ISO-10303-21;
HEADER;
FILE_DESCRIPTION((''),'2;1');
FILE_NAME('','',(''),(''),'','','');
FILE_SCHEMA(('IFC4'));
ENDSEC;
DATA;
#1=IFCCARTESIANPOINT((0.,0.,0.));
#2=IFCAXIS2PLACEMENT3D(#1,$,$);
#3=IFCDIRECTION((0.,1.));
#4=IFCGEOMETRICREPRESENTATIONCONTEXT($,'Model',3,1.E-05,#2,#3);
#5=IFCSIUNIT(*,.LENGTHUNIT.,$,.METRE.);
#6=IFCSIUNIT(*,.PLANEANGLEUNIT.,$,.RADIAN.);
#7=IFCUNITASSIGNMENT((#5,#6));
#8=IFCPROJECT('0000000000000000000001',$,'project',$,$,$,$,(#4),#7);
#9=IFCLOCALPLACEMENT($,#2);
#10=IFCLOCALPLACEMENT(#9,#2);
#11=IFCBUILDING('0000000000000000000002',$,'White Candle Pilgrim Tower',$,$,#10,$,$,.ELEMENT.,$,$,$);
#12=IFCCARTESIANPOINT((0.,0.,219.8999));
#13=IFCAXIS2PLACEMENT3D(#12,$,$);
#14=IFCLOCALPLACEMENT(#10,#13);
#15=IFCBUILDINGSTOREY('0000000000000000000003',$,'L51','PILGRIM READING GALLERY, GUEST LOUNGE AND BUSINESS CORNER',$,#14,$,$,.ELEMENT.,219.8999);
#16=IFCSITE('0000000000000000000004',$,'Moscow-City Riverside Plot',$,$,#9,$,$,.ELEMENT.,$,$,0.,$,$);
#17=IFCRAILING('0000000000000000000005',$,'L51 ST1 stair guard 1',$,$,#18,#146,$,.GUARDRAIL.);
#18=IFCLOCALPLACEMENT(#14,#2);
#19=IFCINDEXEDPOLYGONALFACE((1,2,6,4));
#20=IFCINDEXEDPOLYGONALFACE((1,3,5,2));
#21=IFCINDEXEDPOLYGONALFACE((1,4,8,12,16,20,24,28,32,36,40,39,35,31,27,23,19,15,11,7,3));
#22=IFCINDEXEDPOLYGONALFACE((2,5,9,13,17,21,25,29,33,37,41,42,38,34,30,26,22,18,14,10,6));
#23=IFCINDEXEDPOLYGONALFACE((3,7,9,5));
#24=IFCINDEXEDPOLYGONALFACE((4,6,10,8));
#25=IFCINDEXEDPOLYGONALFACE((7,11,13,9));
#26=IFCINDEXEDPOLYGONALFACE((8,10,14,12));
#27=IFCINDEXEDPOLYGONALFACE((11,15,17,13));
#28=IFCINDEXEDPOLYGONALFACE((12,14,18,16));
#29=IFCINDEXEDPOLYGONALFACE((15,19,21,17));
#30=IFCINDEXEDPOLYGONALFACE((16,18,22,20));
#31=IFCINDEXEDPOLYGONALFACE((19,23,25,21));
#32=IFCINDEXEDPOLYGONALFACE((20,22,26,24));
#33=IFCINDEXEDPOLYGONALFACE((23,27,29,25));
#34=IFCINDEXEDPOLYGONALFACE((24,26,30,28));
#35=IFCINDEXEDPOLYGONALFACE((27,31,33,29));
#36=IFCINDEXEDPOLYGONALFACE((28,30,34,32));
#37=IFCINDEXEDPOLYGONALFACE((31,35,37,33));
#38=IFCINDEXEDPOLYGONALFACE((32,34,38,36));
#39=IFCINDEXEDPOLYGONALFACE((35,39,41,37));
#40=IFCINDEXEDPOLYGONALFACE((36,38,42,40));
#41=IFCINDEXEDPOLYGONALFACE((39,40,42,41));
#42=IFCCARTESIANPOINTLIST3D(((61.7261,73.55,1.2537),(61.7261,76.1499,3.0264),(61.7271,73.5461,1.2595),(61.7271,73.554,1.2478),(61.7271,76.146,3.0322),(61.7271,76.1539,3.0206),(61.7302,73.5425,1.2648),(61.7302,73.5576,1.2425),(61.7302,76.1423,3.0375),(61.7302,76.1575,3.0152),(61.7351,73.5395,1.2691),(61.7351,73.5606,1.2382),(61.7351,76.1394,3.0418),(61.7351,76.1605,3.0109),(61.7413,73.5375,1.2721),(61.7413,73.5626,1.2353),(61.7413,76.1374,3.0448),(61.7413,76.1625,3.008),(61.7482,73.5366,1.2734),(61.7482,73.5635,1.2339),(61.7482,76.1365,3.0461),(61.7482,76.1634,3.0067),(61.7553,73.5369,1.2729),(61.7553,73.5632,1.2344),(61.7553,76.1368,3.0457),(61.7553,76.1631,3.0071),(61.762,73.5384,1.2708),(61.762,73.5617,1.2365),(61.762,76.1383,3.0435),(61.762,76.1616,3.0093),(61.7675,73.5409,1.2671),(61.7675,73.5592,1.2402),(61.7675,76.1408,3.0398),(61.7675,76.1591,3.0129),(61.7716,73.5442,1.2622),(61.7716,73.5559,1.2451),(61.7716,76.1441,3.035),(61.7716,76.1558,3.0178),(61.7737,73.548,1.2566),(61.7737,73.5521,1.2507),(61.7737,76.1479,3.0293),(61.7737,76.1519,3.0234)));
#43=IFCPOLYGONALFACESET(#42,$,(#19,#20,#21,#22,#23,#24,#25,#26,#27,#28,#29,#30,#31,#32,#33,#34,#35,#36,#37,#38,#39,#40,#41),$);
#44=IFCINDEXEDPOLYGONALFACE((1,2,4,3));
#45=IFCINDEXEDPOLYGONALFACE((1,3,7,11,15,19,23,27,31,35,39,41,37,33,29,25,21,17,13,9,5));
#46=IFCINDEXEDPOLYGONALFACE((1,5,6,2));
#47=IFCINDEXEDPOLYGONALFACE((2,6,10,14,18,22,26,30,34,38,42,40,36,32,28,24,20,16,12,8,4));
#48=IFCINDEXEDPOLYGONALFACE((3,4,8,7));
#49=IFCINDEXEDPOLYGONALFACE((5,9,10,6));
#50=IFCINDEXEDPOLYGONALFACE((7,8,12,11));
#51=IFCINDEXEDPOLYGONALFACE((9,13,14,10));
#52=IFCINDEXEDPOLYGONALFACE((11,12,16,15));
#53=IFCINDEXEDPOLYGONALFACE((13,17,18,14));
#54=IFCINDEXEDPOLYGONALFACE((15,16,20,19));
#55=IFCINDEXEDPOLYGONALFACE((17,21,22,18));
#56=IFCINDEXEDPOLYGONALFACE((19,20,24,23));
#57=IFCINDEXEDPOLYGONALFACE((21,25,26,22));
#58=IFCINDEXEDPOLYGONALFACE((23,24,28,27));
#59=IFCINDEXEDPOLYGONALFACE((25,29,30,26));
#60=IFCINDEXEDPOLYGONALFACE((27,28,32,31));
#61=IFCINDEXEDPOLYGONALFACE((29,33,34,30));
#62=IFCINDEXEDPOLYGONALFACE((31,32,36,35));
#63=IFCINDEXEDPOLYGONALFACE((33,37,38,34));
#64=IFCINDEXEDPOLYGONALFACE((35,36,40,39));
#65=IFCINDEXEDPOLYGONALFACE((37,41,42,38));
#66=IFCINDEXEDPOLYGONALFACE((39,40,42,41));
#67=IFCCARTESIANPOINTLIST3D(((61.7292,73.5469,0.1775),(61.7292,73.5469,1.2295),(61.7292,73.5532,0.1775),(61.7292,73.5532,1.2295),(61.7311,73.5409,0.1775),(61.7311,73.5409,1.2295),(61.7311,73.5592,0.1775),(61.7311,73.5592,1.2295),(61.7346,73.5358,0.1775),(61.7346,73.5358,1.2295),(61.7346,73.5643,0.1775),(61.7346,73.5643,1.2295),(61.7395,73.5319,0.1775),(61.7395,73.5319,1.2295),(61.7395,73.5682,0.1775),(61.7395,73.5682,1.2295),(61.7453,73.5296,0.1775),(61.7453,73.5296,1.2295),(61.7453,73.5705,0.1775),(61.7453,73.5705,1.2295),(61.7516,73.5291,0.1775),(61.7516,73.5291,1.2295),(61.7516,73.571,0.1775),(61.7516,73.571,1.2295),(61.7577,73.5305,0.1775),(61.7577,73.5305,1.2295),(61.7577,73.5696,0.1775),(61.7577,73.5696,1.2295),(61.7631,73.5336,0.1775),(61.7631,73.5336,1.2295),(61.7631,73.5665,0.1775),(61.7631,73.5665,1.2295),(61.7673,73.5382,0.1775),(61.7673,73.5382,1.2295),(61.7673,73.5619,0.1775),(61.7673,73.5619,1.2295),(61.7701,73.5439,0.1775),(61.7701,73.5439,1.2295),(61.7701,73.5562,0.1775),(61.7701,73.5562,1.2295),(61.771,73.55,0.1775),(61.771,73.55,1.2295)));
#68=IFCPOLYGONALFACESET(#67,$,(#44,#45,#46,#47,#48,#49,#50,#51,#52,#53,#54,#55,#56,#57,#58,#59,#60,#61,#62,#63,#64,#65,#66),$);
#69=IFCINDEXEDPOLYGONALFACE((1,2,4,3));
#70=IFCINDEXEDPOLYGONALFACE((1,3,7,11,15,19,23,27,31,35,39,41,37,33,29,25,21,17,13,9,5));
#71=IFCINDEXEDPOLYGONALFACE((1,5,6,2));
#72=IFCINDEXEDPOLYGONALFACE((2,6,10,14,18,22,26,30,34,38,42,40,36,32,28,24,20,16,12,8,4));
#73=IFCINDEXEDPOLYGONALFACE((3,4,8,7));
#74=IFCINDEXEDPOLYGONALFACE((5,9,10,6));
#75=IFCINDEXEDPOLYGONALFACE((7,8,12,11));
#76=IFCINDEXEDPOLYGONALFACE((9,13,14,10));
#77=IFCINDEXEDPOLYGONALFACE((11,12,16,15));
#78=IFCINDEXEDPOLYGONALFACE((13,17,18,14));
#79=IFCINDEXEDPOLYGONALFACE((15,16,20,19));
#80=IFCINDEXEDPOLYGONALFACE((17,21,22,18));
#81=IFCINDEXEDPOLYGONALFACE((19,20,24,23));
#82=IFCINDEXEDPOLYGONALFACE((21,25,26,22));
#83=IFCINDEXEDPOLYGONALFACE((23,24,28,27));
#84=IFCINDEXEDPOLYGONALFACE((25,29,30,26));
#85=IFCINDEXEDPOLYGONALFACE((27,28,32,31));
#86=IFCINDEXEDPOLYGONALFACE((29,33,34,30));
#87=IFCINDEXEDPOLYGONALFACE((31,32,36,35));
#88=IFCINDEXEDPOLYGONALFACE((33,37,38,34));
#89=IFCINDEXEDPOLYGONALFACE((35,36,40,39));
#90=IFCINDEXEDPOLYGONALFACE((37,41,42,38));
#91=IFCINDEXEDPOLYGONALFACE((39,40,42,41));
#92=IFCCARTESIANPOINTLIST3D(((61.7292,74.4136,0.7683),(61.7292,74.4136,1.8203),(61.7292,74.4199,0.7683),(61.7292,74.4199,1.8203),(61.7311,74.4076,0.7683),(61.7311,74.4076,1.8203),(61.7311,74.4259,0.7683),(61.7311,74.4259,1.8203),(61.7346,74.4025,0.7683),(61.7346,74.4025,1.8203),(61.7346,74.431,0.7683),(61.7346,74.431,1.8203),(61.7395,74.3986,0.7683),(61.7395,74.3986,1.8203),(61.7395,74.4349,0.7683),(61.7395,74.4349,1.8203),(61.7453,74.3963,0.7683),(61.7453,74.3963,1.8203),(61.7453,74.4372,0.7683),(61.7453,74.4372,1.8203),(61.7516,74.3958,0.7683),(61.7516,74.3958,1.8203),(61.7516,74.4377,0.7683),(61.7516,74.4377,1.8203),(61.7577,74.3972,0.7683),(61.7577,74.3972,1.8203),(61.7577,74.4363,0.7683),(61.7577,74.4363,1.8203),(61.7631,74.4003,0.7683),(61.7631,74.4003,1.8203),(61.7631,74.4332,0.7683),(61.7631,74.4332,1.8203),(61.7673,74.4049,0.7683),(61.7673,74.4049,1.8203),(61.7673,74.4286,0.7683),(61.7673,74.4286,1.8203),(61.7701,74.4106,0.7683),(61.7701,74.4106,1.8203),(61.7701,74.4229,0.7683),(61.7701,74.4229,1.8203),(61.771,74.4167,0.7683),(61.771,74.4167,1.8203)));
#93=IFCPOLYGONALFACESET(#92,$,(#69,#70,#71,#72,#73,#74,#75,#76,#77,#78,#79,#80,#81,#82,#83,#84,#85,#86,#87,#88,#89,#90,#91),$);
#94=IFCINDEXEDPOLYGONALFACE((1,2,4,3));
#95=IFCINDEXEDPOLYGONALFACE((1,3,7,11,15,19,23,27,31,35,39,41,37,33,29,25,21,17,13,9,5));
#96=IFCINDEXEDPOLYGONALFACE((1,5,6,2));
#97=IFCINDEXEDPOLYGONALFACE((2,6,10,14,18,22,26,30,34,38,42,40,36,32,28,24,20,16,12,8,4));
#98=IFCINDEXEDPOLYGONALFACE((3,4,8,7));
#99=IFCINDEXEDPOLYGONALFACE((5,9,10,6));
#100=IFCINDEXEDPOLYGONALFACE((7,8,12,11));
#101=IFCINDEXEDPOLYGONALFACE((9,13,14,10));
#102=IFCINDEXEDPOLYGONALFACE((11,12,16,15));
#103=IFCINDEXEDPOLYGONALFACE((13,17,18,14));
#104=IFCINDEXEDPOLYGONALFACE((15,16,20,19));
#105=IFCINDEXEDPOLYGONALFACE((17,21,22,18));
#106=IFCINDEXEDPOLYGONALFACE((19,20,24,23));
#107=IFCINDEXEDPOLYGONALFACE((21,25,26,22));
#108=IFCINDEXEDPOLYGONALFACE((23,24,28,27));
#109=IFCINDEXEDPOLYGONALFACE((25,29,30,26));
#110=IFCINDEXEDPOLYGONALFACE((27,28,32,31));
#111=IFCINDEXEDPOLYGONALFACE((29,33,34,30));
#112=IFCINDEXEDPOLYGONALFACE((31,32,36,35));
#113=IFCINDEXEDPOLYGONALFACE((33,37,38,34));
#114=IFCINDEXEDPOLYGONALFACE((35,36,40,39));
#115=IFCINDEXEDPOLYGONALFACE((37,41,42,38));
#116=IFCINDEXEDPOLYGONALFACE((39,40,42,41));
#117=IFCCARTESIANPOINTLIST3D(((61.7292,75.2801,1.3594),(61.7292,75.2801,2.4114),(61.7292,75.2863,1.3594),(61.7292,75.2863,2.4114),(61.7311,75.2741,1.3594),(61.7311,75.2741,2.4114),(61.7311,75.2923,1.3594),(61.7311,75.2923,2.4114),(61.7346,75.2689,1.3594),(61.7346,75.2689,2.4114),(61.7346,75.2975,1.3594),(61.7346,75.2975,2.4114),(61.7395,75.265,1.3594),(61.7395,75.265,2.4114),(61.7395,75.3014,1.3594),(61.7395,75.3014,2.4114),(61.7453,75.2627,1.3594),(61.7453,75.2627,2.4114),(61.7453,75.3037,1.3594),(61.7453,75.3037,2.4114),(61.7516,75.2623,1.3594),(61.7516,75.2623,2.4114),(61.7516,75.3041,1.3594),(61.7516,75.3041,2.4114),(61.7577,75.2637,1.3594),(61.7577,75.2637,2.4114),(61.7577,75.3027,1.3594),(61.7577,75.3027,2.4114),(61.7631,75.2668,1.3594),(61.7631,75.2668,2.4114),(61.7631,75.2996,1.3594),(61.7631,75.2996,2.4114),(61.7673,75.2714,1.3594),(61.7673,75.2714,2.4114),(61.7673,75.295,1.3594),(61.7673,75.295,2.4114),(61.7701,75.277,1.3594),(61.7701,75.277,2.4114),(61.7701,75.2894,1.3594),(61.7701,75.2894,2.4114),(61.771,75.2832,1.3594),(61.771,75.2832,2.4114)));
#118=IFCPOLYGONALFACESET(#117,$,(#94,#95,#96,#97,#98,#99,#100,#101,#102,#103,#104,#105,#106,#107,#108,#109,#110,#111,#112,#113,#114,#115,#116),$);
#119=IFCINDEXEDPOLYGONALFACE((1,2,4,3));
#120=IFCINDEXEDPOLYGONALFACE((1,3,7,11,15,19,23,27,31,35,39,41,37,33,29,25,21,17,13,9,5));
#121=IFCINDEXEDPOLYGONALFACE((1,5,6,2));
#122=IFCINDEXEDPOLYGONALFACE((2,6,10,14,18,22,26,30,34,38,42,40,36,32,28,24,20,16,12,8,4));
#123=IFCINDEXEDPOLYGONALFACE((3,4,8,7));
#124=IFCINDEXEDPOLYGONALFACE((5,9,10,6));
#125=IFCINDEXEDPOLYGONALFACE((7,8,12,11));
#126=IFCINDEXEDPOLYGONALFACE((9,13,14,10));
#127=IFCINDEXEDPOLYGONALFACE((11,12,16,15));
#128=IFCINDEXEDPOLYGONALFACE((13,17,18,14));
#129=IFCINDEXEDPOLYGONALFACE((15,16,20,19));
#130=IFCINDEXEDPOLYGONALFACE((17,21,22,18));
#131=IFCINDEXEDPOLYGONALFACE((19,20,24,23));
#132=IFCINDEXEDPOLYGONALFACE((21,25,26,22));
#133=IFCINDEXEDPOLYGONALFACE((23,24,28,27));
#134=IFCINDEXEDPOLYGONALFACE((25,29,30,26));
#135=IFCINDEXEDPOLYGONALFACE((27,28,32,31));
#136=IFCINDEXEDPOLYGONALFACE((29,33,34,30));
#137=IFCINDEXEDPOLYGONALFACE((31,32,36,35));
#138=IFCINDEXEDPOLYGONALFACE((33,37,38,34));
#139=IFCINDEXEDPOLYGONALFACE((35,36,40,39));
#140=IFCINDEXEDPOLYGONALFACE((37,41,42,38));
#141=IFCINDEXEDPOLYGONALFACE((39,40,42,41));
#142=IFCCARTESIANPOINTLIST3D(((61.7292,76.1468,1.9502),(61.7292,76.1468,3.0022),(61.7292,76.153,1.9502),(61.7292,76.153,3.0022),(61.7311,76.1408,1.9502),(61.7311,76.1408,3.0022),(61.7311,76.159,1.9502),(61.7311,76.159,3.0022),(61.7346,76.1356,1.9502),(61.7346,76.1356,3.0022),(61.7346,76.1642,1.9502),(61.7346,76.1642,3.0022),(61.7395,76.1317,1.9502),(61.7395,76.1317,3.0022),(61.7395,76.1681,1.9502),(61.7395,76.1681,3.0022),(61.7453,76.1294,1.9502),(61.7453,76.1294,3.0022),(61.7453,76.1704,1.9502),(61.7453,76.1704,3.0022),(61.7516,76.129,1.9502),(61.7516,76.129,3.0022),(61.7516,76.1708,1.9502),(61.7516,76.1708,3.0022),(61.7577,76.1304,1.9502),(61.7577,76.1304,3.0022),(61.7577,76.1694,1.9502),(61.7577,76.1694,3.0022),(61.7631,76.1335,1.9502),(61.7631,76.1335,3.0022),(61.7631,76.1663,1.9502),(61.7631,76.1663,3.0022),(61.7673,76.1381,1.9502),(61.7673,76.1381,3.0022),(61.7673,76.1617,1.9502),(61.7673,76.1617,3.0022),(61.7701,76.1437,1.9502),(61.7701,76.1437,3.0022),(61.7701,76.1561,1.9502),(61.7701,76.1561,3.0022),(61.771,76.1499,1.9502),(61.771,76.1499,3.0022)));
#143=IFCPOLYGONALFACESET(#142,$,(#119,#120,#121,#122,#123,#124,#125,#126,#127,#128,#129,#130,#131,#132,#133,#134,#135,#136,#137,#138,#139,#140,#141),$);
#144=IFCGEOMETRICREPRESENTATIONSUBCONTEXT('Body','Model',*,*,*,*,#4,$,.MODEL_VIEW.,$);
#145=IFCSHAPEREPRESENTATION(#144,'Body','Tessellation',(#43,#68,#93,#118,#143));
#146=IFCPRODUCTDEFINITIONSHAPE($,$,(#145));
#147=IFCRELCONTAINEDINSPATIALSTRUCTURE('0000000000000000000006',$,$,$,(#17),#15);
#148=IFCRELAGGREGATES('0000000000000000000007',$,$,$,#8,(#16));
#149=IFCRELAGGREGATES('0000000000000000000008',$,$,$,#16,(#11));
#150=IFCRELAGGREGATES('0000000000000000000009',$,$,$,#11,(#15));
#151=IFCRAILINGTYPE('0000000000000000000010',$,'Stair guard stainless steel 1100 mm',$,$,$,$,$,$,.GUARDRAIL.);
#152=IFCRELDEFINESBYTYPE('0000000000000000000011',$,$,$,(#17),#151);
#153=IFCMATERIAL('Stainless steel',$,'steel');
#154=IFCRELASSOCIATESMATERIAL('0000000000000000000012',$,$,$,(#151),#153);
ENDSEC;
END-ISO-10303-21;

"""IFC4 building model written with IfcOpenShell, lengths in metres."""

from ifc_helpers import new_model, si_unit, direction, frame, origin, origin_2d, place, context, subcontext, project, spatial, circle, extrude, material, type_object, element, save


model = new_model("IFC4")

# Units and contexts
model_context = context("Model", 3, precision=1e-05, world=origin(), true_north=direction((0.0, 1.0)))
body_context = subcontext(model_context, "Body", "Model", "MODEL_VIEW")
ifc_project = project(units=[si_unit("LENGTHUNIT", "METRE"), si_unit("PLANEANGLEUNIT", "RADIAN")], contexts=[model_context])

# Site, building, storey
site_placement = place(None, origin())
site = spatial("IfcSite", under=ifc_project, at=site_placement, Name="Moscow-City Riverside Plot", CompositionType="ELEMENT", RefElevation=0.0)
building_placement = place(site_placement, origin())
building = spatial("IfcBuilding", under=site, at=building_placement, Name="White Candle Pilgrim Tower", CompositionType="ELEMENT")
storey_placement = place(building_placement, frame((0.0, 0.0, 219.8999)))
storey = spatial("IfcBuildingStorey", under=building, at=storey_placement, Name="L51", Description="PILGRIM READING GALLERY, GUEST LOUNGE AND BUSINESS CORNER", CompositionType="ELEMENT", Elevation=219.8999)

# Railing
ifc_material_1 = material(Name="Stainless steel", Category="steel")
railing_type_1 = type_object("IfcRailingType", Name="Stair guard stainless steel 1100 mm", PredefinedType="GUARDRAIL", material=ifc_material_1)
railing_1_placement = place(storey_placement, frame((61.75, 73.55, 0.1775)))
element("IfcRailing", 1, at=railing_1_placement, inside=storey, type_object=railing_type_1, Name="L51 ST1 stair guard 1", PredefinedType="GUARDRAIL", context=body_context, shape_type="SweptSolid", body=[
    extrude(circle(Radius=0.0239, at=origin_2d()), frame((0.0, 0.0, 1.0762), z_axis=(0.0, 0.826216, 0.563354), x_axis=(-1.0, 0.0, 0.0)), (0.0, 0.0, 1.0), 3.1467),
    extrude(circle(Radius=0.021, at=origin_2d()), origin(), (0.0, 0.0, 1.0), 1.052),
    extrude(circle(Radius=0.021, at=origin_2d()), frame((0.0, 0.8667, 0.5908)), (0.0, 0.0, 1.0), 1.052),
    extrude(circle(Radius=0.021, at=origin_2d()), frame((0.0, 1.7332, 1.1819)), (0.0, 0.0, 1.0), 1.052),
    extrude(circle(Radius=0.021, at=origin_2d()), frame((0.0, 2.5999, 1.7727)), (0.0, 0.0, 1.0), 1.052),
])

save(model, "model.ifc")
